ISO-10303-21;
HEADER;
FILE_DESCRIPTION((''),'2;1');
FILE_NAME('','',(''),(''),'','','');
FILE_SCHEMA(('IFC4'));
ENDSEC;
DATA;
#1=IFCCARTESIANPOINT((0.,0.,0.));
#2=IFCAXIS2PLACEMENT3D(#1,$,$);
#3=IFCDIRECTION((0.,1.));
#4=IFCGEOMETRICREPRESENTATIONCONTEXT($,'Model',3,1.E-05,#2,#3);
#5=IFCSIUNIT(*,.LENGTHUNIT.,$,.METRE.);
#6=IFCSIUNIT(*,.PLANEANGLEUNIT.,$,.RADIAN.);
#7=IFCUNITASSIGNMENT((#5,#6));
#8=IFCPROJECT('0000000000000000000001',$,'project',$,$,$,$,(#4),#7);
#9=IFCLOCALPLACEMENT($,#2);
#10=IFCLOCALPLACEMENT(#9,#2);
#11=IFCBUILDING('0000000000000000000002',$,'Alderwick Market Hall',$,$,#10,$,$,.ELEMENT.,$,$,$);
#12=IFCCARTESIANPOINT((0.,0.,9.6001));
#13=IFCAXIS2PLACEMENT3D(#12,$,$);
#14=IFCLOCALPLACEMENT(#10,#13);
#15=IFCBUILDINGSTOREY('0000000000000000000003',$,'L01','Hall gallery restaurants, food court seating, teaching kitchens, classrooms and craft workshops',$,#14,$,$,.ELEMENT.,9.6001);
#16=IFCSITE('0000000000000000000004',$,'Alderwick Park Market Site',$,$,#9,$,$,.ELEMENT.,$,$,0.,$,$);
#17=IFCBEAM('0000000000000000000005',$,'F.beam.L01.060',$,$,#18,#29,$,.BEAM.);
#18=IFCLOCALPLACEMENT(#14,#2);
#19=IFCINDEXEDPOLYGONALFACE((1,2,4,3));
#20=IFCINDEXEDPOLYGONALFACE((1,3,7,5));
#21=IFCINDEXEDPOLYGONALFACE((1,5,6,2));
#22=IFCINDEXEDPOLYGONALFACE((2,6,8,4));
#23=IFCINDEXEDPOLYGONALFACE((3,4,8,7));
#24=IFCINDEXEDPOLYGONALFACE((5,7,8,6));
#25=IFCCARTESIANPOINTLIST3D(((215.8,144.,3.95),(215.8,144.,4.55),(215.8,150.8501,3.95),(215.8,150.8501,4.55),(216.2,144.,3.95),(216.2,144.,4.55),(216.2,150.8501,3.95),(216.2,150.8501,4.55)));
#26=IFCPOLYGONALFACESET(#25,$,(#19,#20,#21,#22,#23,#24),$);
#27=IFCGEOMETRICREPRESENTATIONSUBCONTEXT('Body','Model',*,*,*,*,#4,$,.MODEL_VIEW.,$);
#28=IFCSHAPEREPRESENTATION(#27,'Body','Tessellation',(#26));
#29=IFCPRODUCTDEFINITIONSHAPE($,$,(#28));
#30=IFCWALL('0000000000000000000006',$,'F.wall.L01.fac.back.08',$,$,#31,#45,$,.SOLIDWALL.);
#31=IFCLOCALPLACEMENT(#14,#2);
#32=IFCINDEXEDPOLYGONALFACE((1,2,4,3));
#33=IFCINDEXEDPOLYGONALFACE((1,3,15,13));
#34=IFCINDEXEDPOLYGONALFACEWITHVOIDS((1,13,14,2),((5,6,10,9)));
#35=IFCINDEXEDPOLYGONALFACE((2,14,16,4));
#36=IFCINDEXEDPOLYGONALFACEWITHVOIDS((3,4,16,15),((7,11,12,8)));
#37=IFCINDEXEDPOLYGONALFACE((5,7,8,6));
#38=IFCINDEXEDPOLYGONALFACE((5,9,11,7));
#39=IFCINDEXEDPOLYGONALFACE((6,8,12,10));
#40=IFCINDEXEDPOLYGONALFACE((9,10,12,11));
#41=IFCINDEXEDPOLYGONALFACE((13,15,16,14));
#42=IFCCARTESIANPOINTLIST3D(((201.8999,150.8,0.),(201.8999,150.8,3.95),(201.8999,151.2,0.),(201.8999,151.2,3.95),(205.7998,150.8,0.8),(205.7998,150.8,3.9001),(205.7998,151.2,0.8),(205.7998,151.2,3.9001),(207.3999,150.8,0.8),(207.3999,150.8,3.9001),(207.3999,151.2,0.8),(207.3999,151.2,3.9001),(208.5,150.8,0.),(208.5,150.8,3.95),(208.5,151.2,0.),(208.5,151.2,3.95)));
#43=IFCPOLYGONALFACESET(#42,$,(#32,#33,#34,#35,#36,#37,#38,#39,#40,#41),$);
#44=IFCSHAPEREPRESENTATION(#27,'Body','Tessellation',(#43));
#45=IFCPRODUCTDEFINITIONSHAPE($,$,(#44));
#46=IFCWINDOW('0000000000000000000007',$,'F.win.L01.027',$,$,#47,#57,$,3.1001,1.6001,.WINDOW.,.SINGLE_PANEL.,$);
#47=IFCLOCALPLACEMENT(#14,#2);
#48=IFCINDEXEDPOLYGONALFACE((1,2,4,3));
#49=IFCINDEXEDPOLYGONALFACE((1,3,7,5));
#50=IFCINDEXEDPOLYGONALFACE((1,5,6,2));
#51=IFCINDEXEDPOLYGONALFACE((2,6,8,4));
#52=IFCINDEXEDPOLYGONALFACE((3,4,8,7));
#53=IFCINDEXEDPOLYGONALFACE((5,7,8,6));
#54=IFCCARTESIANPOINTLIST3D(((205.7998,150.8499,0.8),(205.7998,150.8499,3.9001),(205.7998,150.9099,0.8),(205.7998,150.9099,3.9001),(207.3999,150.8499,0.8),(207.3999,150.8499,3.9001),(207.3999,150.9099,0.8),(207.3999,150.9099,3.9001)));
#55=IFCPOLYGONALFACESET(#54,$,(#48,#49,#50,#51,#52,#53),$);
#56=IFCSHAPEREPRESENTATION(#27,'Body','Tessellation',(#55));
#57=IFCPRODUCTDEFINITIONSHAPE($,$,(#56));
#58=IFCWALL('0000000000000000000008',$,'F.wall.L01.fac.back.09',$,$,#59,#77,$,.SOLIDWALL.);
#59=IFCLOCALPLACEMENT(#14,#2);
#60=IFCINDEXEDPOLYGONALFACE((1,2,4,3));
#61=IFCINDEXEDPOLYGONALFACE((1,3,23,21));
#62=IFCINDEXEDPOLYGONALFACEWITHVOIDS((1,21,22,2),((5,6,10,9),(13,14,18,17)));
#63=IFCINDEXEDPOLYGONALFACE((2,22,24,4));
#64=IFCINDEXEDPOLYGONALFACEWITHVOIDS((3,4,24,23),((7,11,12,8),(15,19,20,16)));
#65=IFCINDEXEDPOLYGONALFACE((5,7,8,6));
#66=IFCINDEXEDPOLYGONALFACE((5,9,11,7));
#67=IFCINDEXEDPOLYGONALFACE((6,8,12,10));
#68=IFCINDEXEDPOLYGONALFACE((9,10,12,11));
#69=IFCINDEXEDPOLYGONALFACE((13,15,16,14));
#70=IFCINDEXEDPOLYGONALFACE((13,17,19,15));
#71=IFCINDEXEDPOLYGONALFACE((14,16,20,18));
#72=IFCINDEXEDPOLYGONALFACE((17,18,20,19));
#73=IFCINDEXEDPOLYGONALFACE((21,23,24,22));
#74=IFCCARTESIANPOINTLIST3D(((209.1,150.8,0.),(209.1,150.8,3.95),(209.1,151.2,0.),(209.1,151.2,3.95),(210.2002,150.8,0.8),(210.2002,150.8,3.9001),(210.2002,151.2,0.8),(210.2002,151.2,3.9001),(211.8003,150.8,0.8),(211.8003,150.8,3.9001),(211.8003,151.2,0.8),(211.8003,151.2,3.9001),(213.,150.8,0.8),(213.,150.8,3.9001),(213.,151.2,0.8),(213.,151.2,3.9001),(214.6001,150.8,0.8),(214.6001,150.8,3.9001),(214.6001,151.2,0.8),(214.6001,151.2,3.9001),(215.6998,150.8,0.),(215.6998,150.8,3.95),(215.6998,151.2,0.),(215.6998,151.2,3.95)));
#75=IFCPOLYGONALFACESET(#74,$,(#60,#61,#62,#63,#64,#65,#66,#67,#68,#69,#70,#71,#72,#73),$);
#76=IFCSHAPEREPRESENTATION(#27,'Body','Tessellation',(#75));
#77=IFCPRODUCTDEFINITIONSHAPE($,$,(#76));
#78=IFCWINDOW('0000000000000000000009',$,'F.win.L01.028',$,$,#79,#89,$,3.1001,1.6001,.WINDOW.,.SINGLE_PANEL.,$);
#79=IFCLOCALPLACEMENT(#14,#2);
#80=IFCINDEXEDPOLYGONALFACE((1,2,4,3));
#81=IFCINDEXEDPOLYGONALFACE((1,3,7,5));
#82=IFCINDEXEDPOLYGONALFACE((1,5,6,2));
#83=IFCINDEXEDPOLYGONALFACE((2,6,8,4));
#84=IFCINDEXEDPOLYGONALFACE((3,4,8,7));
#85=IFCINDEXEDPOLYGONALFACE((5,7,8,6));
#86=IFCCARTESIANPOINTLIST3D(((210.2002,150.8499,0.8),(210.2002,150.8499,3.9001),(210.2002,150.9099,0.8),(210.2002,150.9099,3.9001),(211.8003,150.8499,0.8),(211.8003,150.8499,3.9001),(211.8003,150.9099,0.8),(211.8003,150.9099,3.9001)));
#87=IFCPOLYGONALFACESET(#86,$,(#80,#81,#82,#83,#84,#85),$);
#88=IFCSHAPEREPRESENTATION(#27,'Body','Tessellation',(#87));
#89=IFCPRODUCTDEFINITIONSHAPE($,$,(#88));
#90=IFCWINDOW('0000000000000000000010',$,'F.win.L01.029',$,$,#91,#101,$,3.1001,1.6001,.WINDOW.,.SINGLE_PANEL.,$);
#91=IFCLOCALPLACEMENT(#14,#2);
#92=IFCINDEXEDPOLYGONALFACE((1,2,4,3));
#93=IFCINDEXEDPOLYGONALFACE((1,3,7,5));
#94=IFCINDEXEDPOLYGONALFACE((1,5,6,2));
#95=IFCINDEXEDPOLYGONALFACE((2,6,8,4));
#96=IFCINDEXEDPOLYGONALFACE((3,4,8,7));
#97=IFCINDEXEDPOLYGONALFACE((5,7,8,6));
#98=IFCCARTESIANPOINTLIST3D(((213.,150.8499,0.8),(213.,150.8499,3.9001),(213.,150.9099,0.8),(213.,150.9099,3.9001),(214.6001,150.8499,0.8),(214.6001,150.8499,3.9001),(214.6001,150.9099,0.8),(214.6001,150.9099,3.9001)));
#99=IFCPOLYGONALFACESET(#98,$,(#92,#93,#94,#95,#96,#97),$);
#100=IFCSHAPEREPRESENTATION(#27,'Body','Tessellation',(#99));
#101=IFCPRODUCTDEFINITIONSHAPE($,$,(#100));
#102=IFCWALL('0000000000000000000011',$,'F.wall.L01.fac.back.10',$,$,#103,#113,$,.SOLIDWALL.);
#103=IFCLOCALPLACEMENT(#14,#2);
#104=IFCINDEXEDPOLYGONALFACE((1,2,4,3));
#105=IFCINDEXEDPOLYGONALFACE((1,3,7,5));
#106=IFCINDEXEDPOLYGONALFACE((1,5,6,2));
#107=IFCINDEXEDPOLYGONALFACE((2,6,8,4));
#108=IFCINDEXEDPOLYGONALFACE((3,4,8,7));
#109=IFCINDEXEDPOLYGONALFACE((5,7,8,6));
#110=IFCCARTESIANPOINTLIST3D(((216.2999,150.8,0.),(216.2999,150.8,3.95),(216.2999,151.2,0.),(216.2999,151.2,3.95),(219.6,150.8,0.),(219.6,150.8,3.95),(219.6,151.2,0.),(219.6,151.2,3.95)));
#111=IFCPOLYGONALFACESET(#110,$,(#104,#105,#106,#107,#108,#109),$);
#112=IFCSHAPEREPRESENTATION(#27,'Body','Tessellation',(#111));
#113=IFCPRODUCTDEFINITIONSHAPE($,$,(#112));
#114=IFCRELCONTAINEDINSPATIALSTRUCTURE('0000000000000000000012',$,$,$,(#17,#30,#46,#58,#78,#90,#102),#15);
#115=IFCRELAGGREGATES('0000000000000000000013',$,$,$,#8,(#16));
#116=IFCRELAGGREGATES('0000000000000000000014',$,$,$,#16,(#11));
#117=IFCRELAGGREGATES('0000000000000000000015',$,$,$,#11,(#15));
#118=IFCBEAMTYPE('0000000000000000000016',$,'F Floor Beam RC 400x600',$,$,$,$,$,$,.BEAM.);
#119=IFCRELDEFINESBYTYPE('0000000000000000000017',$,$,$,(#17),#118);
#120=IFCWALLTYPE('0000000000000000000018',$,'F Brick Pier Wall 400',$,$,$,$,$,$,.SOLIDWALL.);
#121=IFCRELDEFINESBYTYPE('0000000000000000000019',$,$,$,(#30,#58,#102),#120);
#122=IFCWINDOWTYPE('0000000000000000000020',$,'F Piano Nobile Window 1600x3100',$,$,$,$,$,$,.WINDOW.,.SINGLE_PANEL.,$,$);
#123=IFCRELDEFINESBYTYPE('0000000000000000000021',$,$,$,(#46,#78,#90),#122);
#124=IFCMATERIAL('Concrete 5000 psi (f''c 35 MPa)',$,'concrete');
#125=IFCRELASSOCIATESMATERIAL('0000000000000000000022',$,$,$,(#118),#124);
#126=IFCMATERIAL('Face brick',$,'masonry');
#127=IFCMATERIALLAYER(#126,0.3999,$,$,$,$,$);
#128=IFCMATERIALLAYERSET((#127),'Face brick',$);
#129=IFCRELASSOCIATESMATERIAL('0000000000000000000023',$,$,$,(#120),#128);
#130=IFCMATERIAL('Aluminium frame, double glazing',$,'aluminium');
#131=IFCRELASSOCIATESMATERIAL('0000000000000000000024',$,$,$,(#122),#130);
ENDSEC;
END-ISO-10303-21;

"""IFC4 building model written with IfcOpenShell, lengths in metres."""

from ifc_helpers import new_model, si_unit, direction, frame, frame_2d, origin, origin_2d, place, context, subcontext, project, spatial, rectangle, extrude, material, layer, layer_set, material_profile, profile_set, type_object, element, fill, save


model = new_model("IFC4")

# Units and contexts
model_context = context("Model", 3, precision=1e-05, world=origin(), true_north=direction((0.0, 1.0)))
body_context = subcontext(model_context, "Body", "Model", "MODEL_VIEW")
ifc_project = project(units=[si_unit("LENGTHUNIT", "METRE"), si_unit("PLANEANGLEUNIT", "RADIAN")], contexts=[model_context])

# Site, building, storey
site_placement = place(None, origin())
site = spatial("IfcSite", under=ifc_project, at=site_placement, Name="Alderwick Park Market Site", CompositionType="ELEMENT", RefElevation=0.0)
building_placement = place(site_placement, origin())
building = spatial("IfcBuilding", under=site, at=building_placement, Name="Alderwick Market Hall", CompositionType="ELEMENT")
storey_placement = place(building_placement, frame((0.0, 0.0, 9.6001)))
storey = spatial("IfcBuildingStorey", under=building, at=storey_placement, Name="L01", Description="Hall gallery restaurants, food court seating, teaching kitchens, classrooms and craft workshops", CompositionType="ELEMENT", Elevation=9.6001)

# Shared definitions
ifc_material_1 = material(Name="Concrete 5000 psi (f'c 35 MPa)", Category="concrete")

# Beam
ifc_material_profile_1 = material_profile(ifc_material_1, rectangle(XDim=0.3999, YDim=0.6001, at=origin_2d()), Name="RC 400x600")
ifc_profile_set_1 = profile_set([ifc_material_profile_1], Name="Concrete 5000 psi (f'c 35 MPa)")
beam_type = type_object("IfcBeamType", Name="F Floor Beam RC 400x600", PredefinedType="BEAM", material=ifc_profile_set_1)
for number, where, z_axis, x_axis, name in (
    (1, (216.0, 144.0, 4.25), (0.0, 1.0, 0.0), (-1.0, 0.0, 0.0), "F.beam.L01.060"),
):
    element("IfcBeam", number, at=place(storey_placement, frame(where, z_axis=z_axis, x_axis=x_axis)), inside=storey, type_object=beam_type, Name=name, PredefinedType="BEAM", context=body_context, shape_type="SweptSolid", body=[
        extrude(rectangle(XDim=0.3999, YDim=0.6001, at=origin_2d()), origin(), (0.0, 0.0, 1.0), 6.8501),
    ])

# Wall, opening, window
ifc_material_2 = material(Name="Face brick", Category="masonry")
ifc_layer = layer(ifc_material_2, 0.3999)
ifc_layer_set = layer_set([ifc_layer], Name="Face brick")
wall_type = type_object("IfcWallType", Name="F Brick Pier Wall 400", PredefinedType="SOLIDWALL", material=ifc_layer_set)
wall_1_placement = place(storey_placement, frame((201.8999, 151.0, 0.0), z_axis=(0.0, 0.0, 1.0), x_axis=(1.0, 0.0, 0.0)))
wall_1 = element("IfcWall", 2, at=wall_1_placement, inside=storey, type_object=wall_type, Name="F.wall.L01.fac.back.08", PredefinedType="SOLIDWALL", context=body_context, shape_type="SweptSolid", body=[
    extrude(rectangle(XDim=6.6001, YDim=0.3999, at=frame_2d((3.3, 0.0))), origin(), (0.0, 0.0, 1.0), 3.95),
])
opening_1_placement = place(wall_1_placement, frame((3.8999, 0.0, 0.8)))
opening_1 = element("IfcOpeningElement", 3, at=opening_1_placement, cuts=wall_1, PredefinedType="OPENING", context=body_context, shape_type="SweptSolid", body=[
    extrude(rectangle(XDim=1.6001, YDim=3.1001, at=frame_2d((0.8, 1.55))), frame((0.0, 0.21, 0.0), z_axis=(0.0, -1.0, 0.0), x_axis=(1.0, 0.0, 0.0)), (0.0, 0.0, 1.0), 0.4199),
])
ifc_material_3 = material(Name="Aluminium frame, double glazing", Category="aluminium")
window_type = type_object("IfcWindowType", Name="F Piano Nobile Window 1600x3100", PartitioningType="SINGLE_PANEL", PredefinedType="WINDOW", material=ifc_material_3)
window_1_placement = place(opening_1_placement, origin())
window_1 = element("IfcWindow", 4, at=window_1_placement, inside=storey, type_object=window_type, Name="F.win.L01.027", OverallHeight=3.1001, OverallWidth=1.6001, PartitioningType="SINGLE_PANEL", PredefinedType="WINDOW", context=body_context, shape_type="SweptSolid", body=[
    extrude(rectangle(XDim=1.6001, YDim=3.1001, at=frame_2d((0.8, 1.55))), frame((0.0, -0.0901, 0.0), z_axis=(0.0, -1.0, 0.0), x_axis=(1.0, 0.0, 0.0)), (0.0, 0.0, 1.0), 0.0601),
])
fill(opening_1, window_1)

# Wall, openings, windows
wall_2_placement = place(storey_placement, frame((209.1001, 151.0, 0.0), z_axis=(0.0, 0.0, 1.0), x_axis=(1.0, 0.0, 0.0)))
wall_2 = element("IfcWall", 5, at=wall_2_placement, inside=storey, type_object=wall_type, Name="F.wall.L01.fac.back.09", PredefinedType="SOLIDWALL", context=body_context, shape_type="SweptSolid", body=[
    extrude(rectangle(XDim=6.5999, YDim=0.3999, at=frame_2d((3.2998, 0.0))), origin(), (0.0, 0.0, 1.0), 3.95),
])
opening_2_placement = place(wall_2_placement, frame((1.1001, 0.0, 0.8)))
opening_2 = element("IfcOpeningElement", 6, at=opening_2_placement, cuts=wall_2, PredefinedType="OPENING", context=body_context, shape_type="SweptSolid", body=[
    extrude(rectangle(XDim=1.6001, YDim=3.1001, at=frame_2d((0.8, 1.55))), frame((0.0, 0.21, 0.0), z_axis=(0.0, -1.0, 0.0), x_axis=(1.0, 0.0, 0.0)), (0.0, 0.0, 1.0), 0.4199),
])
opening_3_placement = place(wall_2_placement, frame((3.8999, 0.0, 0.8)))
opening_3 = element("IfcOpeningElement", 7, at=opening_3_placement, cuts=wall_2, PredefinedType="OPENING", context=body_context, shape_type="SweptSolid", body=[
    extrude(rectangle(XDim=1.6001, YDim=3.1001, at=frame_2d((0.8, 1.55))), frame((0.0, 0.21, 0.0), z_axis=(0.0, -1.0, 0.0), x_axis=(1.0, 0.0, 0.0)), (0.0, 0.0, 1.0), 0.4199),
])
window_2_placement = place(opening_2_placement, origin())
window_2 = element("IfcWindow", 8, at=window_2_placement, inside=storey, type_object=window_type, Name="F.win.L01.028", OverallHeight=3.1001, OverallWidth=1.6001, PartitioningType="SINGLE_PANEL", PredefinedType="WINDOW", context=body_context, shape_type="SweptSolid", body=[
    extrude(rectangle(XDim=1.6001, YDim=3.1001, at=frame_2d((0.8, 1.55))), frame((0.0, -0.0901, 0.0), z_axis=(0.0, -1.0, 0.0), x_axis=(1.0, 0.0, 0.0)), (0.0, 0.0, 1.0), 0.0601),
])
fill(opening_2, window_2)
window_3_placement = place(opening_3_placement, origin())
window_3 = element("IfcWindow", 9, at=window_3_placement, inside=storey, type_object=window_type, Name="F.win.L01.029", OverallHeight=3.1001, OverallWidth=1.6001, PartitioningType="SINGLE_PANEL", PredefinedType="WINDOW", context=body_context, shape_type="SweptSolid", body=[
    extrude(rectangle(XDim=1.6001, YDim=3.1001, at=frame_2d((0.8, 1.55))), frame((0.0, -0.0901, 0.0), z_axis=(0.0, -1.0, 0.0), x_axis=(1.0, 0.0, 0.0)), (0.0, 0.0, 1.0), 0.0601),
])
fill(opening_3, window_3)

# Wall
wall_3_placement = place(storey_placement, frame((216.3, 151.0, 0.0), z_axis=(0.0, 0.0, 1.0), x_axis=(1.0, 0.0, 0.0)))
element("IfcWall", 10, at=wall_3_placement, inside=storey, type_object=wall_type, Name="F.wall.L01.fac.back.10", PredefinedType="SOLIDWALL", context=body_context, shape_type="SweptSolid", body=[
    extrude(rectangle(XDim=3.3, YDim=0.3999, at=frame_2d((1.6499, 0.0))), origin(), (0.0, 0.0, 1.0), 3.95),
])

save(model, "model.ifc")
